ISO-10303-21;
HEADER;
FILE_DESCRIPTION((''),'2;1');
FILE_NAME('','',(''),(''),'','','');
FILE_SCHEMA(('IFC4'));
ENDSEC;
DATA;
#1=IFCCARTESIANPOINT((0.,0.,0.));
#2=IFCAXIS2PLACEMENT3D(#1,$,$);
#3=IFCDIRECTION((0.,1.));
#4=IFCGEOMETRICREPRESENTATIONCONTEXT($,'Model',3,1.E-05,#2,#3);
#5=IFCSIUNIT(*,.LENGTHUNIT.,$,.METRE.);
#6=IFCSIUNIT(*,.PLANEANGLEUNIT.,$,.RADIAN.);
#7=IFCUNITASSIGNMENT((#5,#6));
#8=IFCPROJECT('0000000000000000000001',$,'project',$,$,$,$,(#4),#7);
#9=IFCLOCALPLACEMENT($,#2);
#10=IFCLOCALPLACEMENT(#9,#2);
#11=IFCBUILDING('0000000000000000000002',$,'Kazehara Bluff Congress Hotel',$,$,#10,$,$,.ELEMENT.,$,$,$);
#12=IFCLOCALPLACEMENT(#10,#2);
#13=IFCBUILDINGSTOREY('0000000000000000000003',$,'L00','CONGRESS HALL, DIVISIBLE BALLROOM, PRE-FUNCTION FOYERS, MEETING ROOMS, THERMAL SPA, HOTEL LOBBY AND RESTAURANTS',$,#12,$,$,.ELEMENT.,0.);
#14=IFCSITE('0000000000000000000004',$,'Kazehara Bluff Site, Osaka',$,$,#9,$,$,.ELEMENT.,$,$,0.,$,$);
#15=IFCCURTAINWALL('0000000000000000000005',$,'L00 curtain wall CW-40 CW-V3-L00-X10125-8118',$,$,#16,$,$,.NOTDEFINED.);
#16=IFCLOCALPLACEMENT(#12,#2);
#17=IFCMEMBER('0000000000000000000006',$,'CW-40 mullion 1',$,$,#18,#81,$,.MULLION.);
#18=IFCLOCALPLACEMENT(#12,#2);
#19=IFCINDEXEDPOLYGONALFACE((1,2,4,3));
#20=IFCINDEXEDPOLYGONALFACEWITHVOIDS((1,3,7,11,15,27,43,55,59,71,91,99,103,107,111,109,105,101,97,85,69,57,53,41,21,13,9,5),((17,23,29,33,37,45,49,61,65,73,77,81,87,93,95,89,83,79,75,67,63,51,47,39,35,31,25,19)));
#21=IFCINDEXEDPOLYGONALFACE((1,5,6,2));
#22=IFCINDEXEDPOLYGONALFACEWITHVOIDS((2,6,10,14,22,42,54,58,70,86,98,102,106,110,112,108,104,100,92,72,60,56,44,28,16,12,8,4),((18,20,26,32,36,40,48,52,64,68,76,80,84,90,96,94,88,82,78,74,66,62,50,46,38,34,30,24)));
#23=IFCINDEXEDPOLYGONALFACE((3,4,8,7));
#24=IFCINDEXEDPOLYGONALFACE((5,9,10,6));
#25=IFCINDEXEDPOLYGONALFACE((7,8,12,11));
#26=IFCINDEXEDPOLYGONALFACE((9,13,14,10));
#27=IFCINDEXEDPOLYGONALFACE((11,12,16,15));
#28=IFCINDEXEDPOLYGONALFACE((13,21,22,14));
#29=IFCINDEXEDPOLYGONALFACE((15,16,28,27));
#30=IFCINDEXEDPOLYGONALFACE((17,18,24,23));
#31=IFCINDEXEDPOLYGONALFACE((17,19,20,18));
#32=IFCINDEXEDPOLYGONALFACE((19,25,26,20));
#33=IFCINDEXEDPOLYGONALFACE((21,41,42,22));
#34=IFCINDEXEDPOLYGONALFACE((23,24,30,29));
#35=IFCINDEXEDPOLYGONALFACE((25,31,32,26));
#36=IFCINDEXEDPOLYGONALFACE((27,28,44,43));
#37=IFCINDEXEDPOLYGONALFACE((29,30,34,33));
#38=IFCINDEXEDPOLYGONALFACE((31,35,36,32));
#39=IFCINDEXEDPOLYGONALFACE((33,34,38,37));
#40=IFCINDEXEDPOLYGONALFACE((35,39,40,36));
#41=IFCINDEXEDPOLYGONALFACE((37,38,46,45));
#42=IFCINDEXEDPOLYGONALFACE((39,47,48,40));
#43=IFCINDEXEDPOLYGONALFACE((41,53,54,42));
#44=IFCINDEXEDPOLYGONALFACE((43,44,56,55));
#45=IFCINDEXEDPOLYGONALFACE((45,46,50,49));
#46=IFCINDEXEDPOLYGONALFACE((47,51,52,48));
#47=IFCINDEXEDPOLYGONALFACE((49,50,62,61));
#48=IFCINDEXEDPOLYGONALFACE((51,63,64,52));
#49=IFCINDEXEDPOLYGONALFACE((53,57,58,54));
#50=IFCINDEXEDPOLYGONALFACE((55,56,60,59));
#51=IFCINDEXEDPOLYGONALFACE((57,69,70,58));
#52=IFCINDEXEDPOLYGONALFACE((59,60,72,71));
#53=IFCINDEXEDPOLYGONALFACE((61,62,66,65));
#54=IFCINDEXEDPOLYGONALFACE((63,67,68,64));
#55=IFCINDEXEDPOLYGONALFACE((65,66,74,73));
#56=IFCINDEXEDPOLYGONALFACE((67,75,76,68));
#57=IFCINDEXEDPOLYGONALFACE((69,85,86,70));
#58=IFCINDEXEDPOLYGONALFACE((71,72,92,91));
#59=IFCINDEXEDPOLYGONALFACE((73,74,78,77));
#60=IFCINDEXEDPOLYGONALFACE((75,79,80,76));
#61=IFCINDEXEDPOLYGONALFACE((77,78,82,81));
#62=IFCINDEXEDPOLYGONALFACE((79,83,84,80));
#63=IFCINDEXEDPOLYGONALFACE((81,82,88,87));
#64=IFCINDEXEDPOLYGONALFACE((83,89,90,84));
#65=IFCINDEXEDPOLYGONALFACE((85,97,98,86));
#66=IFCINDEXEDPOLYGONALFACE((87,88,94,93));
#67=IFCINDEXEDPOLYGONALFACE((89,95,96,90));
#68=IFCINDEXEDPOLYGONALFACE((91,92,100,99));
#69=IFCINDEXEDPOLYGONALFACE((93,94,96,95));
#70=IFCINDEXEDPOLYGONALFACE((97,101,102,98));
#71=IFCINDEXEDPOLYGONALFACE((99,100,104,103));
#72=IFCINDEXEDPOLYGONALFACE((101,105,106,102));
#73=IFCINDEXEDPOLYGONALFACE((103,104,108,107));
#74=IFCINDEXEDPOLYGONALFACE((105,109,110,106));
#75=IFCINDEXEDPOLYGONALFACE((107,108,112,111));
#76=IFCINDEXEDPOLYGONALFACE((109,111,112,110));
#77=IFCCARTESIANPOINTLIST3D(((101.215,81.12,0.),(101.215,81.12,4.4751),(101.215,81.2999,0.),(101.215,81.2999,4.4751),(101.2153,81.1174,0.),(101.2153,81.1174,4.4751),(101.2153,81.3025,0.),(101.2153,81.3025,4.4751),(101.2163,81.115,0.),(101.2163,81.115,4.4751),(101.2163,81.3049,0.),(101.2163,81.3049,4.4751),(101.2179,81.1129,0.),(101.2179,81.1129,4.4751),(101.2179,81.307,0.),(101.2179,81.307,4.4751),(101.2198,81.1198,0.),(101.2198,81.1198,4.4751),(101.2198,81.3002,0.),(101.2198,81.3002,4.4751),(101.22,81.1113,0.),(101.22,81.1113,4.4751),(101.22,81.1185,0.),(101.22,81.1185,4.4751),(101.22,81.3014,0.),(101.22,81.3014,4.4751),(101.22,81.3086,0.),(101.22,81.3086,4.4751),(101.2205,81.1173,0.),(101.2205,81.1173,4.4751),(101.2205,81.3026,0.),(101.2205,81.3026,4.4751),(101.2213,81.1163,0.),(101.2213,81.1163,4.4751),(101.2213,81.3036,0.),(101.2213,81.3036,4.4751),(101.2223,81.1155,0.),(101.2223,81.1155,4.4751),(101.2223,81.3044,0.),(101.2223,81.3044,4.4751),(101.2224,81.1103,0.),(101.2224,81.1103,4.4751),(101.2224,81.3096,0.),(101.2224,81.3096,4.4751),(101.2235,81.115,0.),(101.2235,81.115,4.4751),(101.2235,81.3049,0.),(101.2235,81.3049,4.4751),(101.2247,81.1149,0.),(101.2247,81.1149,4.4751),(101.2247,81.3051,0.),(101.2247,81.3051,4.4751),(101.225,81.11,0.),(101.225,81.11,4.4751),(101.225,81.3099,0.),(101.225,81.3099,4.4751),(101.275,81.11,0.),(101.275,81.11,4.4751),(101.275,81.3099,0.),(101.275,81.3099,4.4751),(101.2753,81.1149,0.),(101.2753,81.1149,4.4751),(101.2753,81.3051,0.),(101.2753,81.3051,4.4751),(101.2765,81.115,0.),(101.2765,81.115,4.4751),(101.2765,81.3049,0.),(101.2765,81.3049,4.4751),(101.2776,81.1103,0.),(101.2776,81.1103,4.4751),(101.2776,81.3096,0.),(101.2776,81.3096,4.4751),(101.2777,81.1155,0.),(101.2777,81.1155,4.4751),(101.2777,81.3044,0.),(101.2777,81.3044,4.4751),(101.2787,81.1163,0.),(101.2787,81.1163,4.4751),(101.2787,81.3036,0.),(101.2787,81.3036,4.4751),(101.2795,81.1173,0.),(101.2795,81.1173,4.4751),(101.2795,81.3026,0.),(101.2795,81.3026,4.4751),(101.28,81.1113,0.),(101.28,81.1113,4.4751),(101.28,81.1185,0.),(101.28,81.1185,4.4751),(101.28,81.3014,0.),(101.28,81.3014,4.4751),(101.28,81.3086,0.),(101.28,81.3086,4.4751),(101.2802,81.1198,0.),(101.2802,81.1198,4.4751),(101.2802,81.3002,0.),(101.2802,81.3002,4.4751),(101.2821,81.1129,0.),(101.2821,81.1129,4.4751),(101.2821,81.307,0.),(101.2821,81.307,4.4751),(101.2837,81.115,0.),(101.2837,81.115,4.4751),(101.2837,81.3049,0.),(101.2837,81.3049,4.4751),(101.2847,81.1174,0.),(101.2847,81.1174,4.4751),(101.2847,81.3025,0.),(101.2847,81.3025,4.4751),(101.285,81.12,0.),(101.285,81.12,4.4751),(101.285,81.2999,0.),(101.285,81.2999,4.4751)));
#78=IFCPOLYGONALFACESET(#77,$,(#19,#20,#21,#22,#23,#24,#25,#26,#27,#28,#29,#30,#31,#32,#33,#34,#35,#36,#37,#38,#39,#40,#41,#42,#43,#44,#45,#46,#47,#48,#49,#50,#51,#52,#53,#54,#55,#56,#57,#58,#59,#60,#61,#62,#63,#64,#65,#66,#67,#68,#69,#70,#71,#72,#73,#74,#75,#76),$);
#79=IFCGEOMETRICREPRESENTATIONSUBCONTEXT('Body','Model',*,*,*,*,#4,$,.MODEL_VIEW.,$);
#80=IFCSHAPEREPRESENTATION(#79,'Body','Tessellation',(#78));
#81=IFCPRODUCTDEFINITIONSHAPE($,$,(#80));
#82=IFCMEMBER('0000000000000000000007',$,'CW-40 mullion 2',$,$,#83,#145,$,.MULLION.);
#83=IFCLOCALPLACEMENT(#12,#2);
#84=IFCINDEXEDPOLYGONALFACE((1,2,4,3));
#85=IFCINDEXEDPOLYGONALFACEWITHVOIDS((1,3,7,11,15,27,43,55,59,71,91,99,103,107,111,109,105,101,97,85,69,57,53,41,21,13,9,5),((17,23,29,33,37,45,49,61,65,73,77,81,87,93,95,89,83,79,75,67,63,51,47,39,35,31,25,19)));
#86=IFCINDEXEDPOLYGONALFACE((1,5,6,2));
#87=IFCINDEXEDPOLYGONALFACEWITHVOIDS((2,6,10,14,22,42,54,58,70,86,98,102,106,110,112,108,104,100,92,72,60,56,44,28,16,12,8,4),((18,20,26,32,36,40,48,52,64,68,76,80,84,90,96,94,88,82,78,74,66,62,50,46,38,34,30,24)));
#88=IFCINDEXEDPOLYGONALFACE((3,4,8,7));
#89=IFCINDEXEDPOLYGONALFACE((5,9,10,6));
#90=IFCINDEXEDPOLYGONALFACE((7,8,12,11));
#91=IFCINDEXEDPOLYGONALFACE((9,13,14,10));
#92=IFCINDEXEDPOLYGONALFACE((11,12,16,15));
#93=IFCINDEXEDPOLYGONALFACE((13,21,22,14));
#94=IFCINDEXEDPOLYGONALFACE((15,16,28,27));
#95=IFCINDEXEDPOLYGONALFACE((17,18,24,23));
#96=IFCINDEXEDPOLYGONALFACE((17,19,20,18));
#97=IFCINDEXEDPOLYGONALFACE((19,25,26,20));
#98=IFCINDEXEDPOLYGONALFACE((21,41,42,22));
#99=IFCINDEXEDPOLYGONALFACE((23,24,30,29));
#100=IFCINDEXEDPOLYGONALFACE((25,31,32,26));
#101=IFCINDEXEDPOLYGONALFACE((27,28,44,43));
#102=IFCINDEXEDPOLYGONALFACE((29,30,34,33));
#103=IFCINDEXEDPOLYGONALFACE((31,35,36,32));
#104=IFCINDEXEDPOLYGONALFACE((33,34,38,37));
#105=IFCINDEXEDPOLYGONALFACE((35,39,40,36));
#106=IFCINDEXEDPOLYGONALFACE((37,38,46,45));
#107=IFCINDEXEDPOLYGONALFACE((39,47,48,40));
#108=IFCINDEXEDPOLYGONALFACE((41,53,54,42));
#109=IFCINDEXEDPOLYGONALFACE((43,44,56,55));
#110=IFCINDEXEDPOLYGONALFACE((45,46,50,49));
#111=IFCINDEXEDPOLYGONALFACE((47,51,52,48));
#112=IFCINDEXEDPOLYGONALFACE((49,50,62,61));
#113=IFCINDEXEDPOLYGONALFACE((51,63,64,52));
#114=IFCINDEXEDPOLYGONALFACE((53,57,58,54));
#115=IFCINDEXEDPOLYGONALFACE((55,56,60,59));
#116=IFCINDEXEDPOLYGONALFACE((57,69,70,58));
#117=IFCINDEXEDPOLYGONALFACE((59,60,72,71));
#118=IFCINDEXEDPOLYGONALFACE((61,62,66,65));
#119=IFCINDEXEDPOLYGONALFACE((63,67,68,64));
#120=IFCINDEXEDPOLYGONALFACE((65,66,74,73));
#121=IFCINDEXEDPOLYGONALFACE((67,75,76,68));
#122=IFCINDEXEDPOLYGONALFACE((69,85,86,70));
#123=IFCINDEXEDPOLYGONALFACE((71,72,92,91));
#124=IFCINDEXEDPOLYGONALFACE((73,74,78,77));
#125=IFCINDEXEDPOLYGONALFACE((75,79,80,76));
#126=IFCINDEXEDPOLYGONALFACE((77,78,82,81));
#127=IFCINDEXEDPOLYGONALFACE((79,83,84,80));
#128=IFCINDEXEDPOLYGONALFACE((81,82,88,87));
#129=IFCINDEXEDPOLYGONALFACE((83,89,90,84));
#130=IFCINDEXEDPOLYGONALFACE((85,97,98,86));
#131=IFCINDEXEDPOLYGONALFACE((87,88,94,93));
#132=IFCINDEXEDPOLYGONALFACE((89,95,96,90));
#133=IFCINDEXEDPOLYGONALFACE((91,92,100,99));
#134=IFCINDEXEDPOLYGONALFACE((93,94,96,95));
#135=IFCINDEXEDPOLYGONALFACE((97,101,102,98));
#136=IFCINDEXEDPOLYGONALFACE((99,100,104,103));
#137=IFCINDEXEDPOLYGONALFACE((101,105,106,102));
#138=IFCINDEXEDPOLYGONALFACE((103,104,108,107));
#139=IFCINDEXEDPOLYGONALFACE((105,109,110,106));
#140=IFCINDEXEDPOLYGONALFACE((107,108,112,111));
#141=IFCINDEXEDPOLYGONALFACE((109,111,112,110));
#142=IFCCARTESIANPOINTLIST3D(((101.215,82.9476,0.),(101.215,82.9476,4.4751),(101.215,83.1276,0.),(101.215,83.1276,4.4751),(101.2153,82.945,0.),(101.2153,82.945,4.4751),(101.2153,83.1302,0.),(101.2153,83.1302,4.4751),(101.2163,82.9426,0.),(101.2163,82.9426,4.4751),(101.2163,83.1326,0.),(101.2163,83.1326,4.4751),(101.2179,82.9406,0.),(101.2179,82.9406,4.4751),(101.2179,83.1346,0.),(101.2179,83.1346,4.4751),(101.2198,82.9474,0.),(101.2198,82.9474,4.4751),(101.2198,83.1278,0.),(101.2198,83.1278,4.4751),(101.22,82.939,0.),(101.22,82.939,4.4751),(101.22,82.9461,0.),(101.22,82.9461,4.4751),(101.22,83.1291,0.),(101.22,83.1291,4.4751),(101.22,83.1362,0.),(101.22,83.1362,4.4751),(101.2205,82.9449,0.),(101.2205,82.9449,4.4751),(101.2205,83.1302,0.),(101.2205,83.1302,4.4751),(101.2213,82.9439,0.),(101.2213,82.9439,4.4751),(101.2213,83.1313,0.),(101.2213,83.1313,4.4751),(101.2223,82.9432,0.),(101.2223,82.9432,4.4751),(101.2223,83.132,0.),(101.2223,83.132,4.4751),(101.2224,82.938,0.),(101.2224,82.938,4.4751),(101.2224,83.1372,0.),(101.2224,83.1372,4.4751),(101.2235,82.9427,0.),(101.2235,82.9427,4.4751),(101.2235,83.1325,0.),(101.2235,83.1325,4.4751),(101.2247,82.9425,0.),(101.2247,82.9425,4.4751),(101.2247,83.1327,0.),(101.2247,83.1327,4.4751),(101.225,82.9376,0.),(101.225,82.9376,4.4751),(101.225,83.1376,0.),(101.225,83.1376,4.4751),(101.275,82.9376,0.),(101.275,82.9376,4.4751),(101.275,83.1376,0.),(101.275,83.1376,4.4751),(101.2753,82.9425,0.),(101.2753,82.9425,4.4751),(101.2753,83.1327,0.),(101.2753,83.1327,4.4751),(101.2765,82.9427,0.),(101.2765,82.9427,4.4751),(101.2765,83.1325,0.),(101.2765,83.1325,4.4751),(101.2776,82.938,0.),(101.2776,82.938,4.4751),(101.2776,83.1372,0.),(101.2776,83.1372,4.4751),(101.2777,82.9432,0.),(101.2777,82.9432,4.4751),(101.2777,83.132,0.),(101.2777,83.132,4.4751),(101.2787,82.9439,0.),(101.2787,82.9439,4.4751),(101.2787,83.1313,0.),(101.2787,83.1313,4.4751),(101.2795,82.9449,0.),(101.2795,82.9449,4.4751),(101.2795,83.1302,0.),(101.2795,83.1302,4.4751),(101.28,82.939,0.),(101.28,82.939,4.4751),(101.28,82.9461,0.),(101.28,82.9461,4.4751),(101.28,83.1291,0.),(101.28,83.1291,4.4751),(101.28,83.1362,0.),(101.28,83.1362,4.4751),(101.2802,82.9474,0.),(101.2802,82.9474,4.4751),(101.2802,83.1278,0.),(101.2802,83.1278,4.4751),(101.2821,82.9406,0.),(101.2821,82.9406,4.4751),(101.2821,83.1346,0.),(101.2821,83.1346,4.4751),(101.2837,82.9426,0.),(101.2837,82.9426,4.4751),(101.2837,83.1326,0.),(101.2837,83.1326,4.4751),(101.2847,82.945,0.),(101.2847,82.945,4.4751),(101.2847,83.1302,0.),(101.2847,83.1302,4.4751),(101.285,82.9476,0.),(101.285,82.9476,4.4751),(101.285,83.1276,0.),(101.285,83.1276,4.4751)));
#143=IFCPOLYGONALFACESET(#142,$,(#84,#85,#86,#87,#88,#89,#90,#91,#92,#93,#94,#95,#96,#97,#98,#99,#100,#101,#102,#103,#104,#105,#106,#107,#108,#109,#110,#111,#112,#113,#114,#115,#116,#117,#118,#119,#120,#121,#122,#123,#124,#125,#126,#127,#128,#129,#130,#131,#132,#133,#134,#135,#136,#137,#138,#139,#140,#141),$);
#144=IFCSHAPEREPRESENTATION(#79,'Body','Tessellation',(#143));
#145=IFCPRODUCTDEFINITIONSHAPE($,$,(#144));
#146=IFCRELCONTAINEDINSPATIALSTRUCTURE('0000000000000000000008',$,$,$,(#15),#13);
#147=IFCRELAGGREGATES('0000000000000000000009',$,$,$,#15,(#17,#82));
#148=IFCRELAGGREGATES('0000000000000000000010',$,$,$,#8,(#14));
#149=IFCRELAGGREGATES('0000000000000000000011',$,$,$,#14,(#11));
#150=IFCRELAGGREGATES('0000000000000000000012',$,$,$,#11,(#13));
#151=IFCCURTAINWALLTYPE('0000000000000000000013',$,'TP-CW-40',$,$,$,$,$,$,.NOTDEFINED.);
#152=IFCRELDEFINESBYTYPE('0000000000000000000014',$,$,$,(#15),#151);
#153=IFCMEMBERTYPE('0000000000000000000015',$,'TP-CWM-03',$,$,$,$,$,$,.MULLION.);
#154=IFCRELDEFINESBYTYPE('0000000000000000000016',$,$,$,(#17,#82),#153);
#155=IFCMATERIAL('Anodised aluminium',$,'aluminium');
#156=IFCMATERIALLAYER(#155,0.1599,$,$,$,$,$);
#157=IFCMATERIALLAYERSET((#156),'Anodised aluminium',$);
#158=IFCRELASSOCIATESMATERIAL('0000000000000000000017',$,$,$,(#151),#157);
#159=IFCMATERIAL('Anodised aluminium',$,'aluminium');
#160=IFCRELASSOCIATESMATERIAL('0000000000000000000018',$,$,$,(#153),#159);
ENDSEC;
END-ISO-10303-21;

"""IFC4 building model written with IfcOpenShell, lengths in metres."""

from ifc_helpers import new_model, si_unit, direction, frame, origin, origin_2d, place, context, subcontext, project, spatial, hollow_rectangle, extrude, material, layer, layer_set, material_profile, profile_set, type_object, element, aggregate, save


model = new_model("IFC4")

# Units and contexts
model_context = context("Model", 3, precision=1e-05, world=origin(), true_north=direction((0.0, 1.0)))
body_context = subcontext(model_context, "Body", "Model", "MODEL_VIEW")
ifc_project = project(units=[si_unit("LENGTHUNIT", "METRE"), si_unit("PLANEANGLEUNIT", "RADIAN")], contexts=[model_context])

# Site, building, storey
site_placement = place(None, origin())
site = spatial("IfcSite", under=ifc_project, at=site_placement, Name="Kazehara Bluff Site, Osaka", CompositionType="ELEMENT", RefElevation=0.0)
building_placement = place(site_placement, origin())
building = spatial("IfcBuilding", under=site, at=building_placement, Name="Kazehara Bluff Congress Hotel", CompositionType="ELEMENT")
storey_placement = place(building_placement, origin())
storey = spatial("IfcBuildingStorey", under=building, at=storey_placement, Name="L00", Description="CONGRESS HALL, DIVISIBLE BALLROOM, PRE-FUNCTION FOYERS, MEETING ROOMS, THERMAL SPA, HOTEL LOBBY AND RESTAURANTS", CompositionType="ELEMENT", Elevation=0.0)

# Curtain wall, members
ifc_material_1 = material(Name="Anodised aluminium", Category="aluminium")
ifc_layer_1 = layer(ifc_material_1, 0.1599)
ifc_layer_set_1 = layer_set([ifc_layer_1], Name="Anodised aluminium")
curtain_wall_type_1 = type_object("IfcCurtainWallType", Name="TP-CW-40", PredefinedType="NOTDEFINED", material=ifc_layer_set_1)
curtain_wall_1_placement = place(storey_placement, origin())
curtain_wall_1 = element("IfcCurtainWall", 1, at=curtain_wall_1_placement, inside=storey, type_object=curtain_wall_type_1, Name="L00 curtain wall CW-40 CW-V3-L00-X10125-8118", PredefinedType="NOTDEFINED")
ifc_material_2 = material(Name="Anodised aluminium", Category="aluminium")
ifc_material_profile_1 = material_profile(ifc_material_2, hollow_rectangle(XDim=0.0701, YDim=0.2, WallThickness=0.0049, InnerFilletRadius=0.0049, OuterFilletRadius=0.01, at=origin_2d()))
ifc_profile_set_1 = profile_set([ifc_material_profile_1], Name="Anodised aluminium")
member_type_1 = type_object("IfcMemberType", Name="TP-CWM-03", PredefinedType="MULLION", material=ifc_profile_set_1)
member_1_placement = place(storey_placement, frame((101.25, 81.21, 0.0), z_axis=(0.0, 0.0, 1.0), x_axis=(-1.0, 0.0, 0.0)))
member_1 = element("IfcMember", 2, at=member_1_placement, type_object=member_type_1, Name="CW-40 mullion 1", PredefinedType="MULLION", context=body_context, shape_type="SweptSolid", body=[
    extrude(hollow_rectangle(XDim=0.0701, YDim=0.2, WallThickness=0.0049, InnerFilletRadius=0.0049, OuterFilletRadius=0.01, at=origin_2d()), origin(), (0.0, 0.0, 1.0), 4.4751),
])
member_2_placement = place(storey_placement, frame((101.25, 83.0376, 0.0), z_axis=(0.0, 0.0, 1.0), x_axis=(-1.0, 0.0, 0.0)))
member_2 = element("IfcMember", 3, at=member_2_placement, type_object=member_type_1, Name="CW-40 mullion 2", PredefinedType="MULLION", context=body_context, shape_type="SweptSolid", body=[
    extrude(hollow_rectangle(XDim=0.0701, YDim=0.2, WallThickness=0.0049, InnerFilletRadius=0.0049, OuterFilletRadius=0.01, at=origin_2d()), origin(), (0.0, 0.0, 1.0), 4.4751),
])

aggregate(curtain_wall_1, [member_1, member_2])

save(model, "model.ifc")
